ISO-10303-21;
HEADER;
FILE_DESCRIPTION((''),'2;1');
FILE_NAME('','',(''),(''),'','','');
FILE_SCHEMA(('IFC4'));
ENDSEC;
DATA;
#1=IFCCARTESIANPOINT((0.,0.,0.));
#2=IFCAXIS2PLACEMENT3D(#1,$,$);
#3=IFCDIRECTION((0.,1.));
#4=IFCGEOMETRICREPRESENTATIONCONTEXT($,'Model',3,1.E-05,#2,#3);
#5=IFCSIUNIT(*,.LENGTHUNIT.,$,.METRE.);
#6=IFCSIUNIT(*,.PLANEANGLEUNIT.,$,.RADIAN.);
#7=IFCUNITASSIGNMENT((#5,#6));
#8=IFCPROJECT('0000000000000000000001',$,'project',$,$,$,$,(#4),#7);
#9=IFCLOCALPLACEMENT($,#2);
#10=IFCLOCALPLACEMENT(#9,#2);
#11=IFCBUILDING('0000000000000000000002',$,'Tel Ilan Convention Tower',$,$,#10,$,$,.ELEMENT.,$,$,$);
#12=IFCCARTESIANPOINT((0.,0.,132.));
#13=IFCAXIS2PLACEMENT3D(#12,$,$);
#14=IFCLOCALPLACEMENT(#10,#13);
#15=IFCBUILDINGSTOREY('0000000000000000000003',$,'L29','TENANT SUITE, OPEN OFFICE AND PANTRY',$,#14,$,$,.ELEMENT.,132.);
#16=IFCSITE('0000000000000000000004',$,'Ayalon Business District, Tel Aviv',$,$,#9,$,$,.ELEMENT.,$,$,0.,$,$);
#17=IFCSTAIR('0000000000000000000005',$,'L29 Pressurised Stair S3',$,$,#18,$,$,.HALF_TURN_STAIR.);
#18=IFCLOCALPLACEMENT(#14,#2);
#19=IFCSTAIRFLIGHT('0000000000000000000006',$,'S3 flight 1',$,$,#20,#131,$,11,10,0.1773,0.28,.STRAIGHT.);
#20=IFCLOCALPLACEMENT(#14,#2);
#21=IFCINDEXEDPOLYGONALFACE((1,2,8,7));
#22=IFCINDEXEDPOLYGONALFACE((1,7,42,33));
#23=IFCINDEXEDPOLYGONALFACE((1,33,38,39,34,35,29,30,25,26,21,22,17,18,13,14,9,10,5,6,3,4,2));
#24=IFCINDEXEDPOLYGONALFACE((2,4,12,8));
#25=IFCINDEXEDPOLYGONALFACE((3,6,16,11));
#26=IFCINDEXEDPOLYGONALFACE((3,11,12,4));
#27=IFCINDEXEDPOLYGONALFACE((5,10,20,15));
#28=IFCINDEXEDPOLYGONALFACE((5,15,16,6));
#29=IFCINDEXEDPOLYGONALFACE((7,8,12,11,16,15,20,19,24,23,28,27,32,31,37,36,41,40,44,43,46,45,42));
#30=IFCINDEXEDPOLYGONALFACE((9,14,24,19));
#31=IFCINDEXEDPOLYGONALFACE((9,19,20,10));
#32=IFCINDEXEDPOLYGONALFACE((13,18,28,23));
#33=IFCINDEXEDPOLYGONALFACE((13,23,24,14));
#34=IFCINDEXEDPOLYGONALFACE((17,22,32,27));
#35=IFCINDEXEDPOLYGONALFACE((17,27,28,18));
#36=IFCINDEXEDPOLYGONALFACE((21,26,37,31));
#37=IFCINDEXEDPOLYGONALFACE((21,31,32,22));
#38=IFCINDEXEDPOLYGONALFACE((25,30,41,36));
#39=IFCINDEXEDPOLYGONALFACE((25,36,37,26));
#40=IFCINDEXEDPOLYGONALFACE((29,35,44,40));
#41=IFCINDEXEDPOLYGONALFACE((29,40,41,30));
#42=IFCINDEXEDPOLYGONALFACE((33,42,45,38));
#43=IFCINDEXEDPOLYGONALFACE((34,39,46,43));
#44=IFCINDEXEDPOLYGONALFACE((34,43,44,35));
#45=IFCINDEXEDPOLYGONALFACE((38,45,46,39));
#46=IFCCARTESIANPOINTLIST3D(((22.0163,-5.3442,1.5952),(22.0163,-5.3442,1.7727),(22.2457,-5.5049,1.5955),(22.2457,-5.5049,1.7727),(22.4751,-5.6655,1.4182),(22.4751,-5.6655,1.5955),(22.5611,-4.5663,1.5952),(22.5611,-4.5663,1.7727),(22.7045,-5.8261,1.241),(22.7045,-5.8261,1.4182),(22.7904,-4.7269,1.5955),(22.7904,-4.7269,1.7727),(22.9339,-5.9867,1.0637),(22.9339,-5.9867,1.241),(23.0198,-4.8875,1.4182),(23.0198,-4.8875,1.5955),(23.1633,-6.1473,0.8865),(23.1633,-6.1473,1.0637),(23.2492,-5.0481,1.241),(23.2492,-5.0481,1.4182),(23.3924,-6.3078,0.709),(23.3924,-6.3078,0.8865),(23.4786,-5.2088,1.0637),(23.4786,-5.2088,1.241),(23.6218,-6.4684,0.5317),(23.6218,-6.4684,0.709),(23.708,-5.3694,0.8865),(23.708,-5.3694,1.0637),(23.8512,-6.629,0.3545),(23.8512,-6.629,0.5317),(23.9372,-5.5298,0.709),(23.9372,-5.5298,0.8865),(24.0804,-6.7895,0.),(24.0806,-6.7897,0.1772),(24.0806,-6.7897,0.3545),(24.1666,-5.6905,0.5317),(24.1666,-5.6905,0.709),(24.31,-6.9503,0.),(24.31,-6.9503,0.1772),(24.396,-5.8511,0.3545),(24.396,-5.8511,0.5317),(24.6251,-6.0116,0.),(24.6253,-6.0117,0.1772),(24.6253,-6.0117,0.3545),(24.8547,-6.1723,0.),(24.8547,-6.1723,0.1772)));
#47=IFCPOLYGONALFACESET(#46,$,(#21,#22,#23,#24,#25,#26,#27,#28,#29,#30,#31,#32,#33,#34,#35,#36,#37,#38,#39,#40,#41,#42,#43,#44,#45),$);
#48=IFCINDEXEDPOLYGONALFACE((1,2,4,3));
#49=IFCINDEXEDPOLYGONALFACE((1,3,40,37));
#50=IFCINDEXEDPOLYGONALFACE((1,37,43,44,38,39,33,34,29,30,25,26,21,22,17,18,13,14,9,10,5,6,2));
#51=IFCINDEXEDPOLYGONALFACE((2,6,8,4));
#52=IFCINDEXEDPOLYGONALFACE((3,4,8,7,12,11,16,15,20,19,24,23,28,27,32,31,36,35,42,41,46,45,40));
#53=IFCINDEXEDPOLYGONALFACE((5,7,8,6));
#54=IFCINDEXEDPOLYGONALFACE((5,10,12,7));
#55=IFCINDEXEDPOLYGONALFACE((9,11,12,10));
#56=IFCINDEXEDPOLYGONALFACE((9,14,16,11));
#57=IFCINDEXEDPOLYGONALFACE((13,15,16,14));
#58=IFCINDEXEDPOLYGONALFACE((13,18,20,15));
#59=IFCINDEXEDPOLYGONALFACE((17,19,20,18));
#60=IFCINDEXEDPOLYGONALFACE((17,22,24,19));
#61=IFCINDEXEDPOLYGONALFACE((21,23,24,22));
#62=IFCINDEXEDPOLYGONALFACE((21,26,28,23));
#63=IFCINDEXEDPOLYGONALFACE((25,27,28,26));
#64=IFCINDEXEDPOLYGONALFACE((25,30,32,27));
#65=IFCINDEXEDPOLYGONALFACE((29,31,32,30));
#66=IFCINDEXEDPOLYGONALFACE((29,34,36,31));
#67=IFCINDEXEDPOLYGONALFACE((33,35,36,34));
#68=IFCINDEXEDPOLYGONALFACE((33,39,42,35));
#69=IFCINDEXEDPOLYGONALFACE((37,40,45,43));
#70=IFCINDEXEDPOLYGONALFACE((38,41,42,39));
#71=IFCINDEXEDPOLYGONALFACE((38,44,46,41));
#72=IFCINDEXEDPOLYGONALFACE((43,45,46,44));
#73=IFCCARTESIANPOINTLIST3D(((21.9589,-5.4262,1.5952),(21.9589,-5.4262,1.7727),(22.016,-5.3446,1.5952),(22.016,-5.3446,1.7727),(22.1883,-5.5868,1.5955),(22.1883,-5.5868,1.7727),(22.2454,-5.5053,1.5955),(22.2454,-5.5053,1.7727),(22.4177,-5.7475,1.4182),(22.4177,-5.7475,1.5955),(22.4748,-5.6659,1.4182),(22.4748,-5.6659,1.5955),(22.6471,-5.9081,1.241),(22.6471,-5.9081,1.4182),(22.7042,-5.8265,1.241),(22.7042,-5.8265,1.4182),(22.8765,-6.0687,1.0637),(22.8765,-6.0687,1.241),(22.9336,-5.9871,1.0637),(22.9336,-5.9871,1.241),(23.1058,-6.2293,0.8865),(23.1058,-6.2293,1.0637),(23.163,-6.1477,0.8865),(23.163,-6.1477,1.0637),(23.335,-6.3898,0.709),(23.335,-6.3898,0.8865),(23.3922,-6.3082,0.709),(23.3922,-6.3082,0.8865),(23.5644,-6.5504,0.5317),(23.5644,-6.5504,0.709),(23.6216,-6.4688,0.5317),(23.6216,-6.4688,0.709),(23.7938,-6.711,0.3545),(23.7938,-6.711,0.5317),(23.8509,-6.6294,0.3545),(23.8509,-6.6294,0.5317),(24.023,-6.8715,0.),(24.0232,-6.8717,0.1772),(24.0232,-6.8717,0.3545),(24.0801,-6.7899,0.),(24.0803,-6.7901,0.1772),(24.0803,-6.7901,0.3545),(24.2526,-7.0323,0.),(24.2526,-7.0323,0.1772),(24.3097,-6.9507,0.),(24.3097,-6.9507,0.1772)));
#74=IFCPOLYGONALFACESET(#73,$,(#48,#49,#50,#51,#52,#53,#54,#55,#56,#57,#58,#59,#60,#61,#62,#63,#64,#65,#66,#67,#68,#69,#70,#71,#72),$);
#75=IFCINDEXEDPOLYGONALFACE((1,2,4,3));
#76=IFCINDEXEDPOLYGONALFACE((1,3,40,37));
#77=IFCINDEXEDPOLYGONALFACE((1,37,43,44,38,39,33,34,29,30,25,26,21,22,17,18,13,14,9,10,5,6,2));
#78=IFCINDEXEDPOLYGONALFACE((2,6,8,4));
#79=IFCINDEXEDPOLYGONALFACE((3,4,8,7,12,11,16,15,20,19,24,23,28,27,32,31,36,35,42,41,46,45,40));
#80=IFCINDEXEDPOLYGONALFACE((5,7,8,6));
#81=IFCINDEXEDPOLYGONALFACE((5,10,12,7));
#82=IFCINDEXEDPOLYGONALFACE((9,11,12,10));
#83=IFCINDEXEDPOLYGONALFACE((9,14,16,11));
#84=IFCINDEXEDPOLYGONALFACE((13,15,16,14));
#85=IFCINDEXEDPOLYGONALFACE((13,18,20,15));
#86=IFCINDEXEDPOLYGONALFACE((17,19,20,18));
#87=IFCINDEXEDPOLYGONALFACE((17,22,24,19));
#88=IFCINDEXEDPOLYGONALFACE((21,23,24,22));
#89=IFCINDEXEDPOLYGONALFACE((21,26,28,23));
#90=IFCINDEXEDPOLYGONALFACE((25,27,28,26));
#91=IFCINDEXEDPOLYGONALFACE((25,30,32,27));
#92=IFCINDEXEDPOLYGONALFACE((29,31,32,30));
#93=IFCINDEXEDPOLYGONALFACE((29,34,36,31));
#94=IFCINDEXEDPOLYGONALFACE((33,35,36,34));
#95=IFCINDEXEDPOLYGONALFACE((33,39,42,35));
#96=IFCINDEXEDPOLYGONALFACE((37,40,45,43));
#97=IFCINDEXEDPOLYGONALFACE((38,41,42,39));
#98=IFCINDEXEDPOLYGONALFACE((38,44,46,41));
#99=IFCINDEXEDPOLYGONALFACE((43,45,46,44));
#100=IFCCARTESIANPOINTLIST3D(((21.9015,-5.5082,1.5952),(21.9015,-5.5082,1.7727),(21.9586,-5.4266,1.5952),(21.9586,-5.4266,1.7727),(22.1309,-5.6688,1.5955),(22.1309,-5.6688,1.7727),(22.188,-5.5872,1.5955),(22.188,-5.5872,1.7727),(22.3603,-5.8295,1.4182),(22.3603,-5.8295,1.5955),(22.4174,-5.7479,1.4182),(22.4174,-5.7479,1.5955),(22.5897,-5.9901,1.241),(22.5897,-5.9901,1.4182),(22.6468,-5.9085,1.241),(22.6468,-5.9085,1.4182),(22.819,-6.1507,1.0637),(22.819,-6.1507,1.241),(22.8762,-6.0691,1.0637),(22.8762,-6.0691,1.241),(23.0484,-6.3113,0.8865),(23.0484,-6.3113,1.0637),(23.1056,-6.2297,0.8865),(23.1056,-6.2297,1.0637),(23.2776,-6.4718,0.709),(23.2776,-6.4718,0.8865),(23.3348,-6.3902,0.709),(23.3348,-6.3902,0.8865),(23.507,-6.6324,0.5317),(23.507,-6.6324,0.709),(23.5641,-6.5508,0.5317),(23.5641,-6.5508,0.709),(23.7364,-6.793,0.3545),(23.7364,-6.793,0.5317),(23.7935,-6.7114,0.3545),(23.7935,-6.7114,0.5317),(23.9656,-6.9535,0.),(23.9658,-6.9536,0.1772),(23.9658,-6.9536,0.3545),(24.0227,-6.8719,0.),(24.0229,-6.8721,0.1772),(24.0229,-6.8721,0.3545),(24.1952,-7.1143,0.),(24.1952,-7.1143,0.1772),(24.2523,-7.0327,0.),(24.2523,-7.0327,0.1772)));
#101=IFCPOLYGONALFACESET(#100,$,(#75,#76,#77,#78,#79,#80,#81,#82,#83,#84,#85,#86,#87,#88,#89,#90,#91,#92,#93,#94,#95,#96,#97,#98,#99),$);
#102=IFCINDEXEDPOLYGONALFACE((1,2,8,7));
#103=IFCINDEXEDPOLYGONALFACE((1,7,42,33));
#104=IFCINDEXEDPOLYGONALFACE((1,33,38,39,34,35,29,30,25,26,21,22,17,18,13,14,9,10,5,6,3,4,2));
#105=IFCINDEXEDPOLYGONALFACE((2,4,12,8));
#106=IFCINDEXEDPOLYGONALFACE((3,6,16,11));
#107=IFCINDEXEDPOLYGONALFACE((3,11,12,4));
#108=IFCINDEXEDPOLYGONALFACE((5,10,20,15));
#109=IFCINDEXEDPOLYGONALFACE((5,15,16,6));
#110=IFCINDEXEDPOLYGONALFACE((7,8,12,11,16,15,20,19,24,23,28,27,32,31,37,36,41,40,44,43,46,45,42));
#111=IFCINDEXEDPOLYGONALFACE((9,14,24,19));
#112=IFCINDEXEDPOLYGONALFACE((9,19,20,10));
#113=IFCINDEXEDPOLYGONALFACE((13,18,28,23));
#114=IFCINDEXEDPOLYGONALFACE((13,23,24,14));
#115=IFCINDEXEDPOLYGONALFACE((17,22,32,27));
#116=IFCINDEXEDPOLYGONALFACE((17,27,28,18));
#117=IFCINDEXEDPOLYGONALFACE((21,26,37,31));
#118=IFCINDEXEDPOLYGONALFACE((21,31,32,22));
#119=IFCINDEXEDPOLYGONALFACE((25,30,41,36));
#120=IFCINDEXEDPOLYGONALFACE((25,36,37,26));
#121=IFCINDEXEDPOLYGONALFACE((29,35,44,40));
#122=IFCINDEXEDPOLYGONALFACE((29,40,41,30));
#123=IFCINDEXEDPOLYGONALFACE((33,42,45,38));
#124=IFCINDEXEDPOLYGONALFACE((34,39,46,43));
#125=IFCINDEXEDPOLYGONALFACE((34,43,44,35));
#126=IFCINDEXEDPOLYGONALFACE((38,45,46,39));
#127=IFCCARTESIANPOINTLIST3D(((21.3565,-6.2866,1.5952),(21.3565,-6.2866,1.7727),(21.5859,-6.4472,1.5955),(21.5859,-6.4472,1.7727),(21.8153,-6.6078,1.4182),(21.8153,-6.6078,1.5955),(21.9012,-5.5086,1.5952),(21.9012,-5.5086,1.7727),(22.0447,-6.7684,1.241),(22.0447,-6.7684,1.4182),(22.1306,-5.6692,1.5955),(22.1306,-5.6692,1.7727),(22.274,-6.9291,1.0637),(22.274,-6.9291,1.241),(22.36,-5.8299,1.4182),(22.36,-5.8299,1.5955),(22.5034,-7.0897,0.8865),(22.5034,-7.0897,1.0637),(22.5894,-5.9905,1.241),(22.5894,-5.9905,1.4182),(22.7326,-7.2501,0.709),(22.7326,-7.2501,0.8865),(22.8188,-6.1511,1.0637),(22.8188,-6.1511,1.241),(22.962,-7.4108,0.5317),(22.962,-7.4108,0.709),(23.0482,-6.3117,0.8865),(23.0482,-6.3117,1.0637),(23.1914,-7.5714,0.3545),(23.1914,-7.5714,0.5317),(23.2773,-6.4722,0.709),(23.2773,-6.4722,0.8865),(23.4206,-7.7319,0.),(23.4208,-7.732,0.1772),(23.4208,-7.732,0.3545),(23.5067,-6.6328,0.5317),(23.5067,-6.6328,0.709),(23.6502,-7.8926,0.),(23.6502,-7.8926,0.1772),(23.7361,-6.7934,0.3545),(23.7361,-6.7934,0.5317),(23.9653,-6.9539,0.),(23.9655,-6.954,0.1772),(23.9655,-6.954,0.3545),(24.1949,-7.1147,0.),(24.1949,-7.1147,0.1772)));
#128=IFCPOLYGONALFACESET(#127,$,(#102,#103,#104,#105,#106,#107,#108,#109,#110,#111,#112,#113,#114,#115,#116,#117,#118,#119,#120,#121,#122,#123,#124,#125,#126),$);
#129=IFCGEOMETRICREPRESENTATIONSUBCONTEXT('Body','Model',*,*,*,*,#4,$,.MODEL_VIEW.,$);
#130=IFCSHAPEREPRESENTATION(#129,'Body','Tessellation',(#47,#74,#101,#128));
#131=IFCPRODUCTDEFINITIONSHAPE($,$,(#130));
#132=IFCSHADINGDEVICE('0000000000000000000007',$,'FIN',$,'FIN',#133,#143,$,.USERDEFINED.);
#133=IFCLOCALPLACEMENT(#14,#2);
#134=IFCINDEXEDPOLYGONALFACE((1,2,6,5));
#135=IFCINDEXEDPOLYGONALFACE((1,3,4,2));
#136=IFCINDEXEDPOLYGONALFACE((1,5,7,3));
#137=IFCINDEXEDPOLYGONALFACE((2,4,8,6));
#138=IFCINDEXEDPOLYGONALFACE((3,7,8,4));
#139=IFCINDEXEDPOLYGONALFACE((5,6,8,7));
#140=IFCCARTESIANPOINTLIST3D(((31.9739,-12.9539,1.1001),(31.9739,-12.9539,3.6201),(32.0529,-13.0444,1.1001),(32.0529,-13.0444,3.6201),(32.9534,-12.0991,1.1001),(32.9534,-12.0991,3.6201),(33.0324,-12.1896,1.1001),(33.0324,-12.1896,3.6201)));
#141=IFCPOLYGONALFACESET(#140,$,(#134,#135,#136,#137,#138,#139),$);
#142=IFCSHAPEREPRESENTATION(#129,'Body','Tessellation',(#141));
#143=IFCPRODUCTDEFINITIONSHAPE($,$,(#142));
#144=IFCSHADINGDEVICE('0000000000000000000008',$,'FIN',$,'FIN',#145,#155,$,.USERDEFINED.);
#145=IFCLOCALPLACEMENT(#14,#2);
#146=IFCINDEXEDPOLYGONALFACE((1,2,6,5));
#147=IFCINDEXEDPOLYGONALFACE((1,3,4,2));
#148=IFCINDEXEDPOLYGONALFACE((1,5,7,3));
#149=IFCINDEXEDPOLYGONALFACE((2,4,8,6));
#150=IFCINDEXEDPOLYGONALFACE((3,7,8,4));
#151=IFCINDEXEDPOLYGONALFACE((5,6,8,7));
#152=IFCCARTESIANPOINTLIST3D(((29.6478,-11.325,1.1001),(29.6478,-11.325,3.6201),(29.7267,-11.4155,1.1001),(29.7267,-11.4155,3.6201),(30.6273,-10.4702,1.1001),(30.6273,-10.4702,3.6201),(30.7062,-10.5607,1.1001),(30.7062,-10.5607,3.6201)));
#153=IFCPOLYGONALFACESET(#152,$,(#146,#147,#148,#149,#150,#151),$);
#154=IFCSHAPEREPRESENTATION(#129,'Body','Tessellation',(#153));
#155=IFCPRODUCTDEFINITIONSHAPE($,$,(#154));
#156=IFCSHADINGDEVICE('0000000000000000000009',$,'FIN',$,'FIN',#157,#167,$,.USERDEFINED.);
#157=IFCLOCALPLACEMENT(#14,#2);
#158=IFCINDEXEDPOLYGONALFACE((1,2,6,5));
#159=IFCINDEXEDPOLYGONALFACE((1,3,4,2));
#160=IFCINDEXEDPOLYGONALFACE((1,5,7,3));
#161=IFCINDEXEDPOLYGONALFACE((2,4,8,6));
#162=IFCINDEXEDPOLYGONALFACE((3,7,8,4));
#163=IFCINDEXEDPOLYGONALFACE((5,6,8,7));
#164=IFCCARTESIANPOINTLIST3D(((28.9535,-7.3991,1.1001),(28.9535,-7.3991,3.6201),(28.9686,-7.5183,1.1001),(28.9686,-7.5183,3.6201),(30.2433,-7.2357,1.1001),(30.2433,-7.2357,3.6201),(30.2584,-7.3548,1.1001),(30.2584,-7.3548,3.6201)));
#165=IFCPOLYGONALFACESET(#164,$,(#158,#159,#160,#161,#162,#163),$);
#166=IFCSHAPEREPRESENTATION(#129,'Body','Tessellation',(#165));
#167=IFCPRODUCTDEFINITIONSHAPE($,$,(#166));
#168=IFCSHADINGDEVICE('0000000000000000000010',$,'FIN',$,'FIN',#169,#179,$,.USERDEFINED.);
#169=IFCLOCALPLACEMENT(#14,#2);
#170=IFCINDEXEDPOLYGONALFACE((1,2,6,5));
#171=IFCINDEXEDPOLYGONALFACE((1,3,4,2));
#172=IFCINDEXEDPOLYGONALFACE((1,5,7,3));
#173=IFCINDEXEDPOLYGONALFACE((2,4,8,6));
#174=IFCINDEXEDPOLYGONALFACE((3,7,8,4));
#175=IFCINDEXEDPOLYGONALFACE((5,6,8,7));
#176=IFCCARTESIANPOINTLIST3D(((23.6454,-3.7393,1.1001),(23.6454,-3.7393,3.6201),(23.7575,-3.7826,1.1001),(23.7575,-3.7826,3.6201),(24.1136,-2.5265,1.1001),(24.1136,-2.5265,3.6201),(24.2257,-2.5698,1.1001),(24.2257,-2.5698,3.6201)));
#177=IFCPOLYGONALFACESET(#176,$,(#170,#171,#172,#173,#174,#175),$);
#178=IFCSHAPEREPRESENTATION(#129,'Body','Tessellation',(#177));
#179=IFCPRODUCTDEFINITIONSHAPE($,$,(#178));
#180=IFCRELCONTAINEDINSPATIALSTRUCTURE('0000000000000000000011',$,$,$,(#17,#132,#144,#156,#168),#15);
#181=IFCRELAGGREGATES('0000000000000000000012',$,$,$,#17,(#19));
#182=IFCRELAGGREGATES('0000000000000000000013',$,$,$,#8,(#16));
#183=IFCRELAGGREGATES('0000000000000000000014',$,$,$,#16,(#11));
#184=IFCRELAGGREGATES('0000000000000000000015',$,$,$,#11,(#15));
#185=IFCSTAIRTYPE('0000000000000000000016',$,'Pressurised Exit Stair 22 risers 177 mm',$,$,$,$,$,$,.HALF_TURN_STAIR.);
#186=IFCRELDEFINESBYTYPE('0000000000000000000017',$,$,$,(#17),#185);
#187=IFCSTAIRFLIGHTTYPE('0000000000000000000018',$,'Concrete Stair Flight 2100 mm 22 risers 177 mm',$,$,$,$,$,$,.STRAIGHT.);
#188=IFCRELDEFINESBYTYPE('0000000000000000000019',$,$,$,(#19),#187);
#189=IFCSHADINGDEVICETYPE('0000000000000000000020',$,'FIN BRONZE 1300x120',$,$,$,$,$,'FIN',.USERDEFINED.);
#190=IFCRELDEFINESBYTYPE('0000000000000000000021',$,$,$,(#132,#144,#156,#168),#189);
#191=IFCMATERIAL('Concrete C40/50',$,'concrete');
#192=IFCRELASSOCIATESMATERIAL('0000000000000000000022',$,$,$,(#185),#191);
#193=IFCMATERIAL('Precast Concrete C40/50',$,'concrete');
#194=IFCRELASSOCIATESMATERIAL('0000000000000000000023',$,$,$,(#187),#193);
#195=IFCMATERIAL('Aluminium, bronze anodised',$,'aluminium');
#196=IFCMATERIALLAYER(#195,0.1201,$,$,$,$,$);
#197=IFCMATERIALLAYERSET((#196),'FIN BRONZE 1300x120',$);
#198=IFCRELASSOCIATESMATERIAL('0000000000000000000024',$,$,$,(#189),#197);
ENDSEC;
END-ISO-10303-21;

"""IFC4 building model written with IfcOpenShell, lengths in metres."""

from ifc_helpers import new_model, si_unit, direction, frame, origin, origin_2d, place, context, subcontext, project, spatial, polyline, rectangle, outline, extrude, material, layer, layer_set, type_object, element, aggregate, save


model = new_model("IFC4")

# Units and contexts
model_context = context("Model", 3, precision=1e-05, world=origin(), true_north=direction((0.0, 1.0)))
body_context = subcontext(model_context, "Body", "Model", "MODEL_VIEW")
ifc_project = project(units=[si_unit("LENGTHUNIT", "METRE"), si_unit("PLANEANGLEUNIT", "RADIAN")], contexts=[model_context])

# Site, building, storey
site_placement = place(None, origin())
site = spatial("IfcSite", under=ifc_project, at=site_placement, Name="Ayalon Business District, Tel Aviv", CompositionType="ELEMENT", RefElevation=0.0)
building_placement = place(site_placement, origin())
building = spatial("IfcBuilding", under=site, at=building_placement, Name="Tel Ilan Convention Tower", CompositionType="ELEMENT")
storey_placement = place(building_placement, frame((0.0, 0.0, 132.0)))
storey = spatial("IfcBuildingStorey", under=building, at=storey_placement, Name="L29", Description="TENANT SUITE, OPEN OFFICE AND PANTRY", CompositionType="ELEMENT", Elevation=132.0)

# Stair, stair flight
ifc_material_1 = material(Name="Concrete C40/50", Category="concrete")
stair_type = type_object("IfcStairType", Name="Pressurised Exit Stair 22 risers 177 mm", PredefinedType="HALF_TURN_STAIR", material=ifc_material_1)
stair_placement = place(storey_placement, origin())
stair = element("IfcStair", 1, at=stair_placement, inside=storey, type_object=stair_type, Name="L29 Pressurised Stair S3", PredefinedType="HALF_TURN_STAIR")
ifc_material_2 = material(Name="Precast Concrete C40/50", Category="concrete")
stair_flight_type = type_object("IfcStairFlightType", Name="Concrete Stair Flight 2100 mm 22 risers 177 mm", PredefinedType="STRAIGHT", material=ifc_material_2)
stair_flight_placement = place(storey_placement, frame((24.2524, -7.0325, 0.0), z_axis=(0.0, 0.0, 1.0), x_axis=(-0.819152, 0.573576, 0.0)))
stair_flight = element("IfcStairFlight", 2, at=stair_flight_placement, type_object=stair_flight_type, Name="S3 flight 1", NumberOfRisers=11, NumberOfTreads=10, PredefinedType="STRAIGHT", RiserHeight=0.1773, TreadLength=0.28, context=body_context, shape_type="SweptSolid", body=[
    extrude(outline(polyline([(0.0, 0.0), (0.0, 0.1772), (0.28, 0.1772), (0.28, 0.3545), (0.5601, 0.3545), (0.5601, 0.5317), (0.8401, 0.5317), (0.8401, 0.709), (1.1201, 0.709), (1.1201, 0.8865), (1.3999, 0.8865), (1.3999, 1.0637), (1.6799, 1.0637), (1.6799, 1.241), (1.96, 1.241), (1.96, 1.4182), (2.24, 1.4182), (2.24, 1.5955), (2.52, 1.5955), (2.52, 1.7727), (2.8, 1.7727), (2.8, 1.95), (2.8, 1.5952), (0.2803, 0.0), (0.0, 0.0)])), frame((0.0, -0.1003, 0.0), z_axis=(0.0, -1.0, 0.0), x_axis=(1.0, 0.0, 0.0)), (0.0, 0.0, 1.0), 0.9497),
    extrude(outline(polyline([(0.0, 0.0), (0.0, 0.1772), (0.28, 0.1772), (0.28, 0.3545), (0.5601, 0.3545), (0.5601, 0.5317), (0.8401, 0.5317), (0.8401, 0.709), (1.1201, 0.709), (1.1201, 0.8865), (1.3999, 0.8865), (1.3999, 1.0637), (1.6799, 1.0637), (1.6799, 1.241), (1.96, 1.241), (1.96, 1.4182), (2.24, 1.4182), (2.24, 1.5955), (2.52, 1.5955), (2.52, 1.7727), (2.8, 1.7727), (2.8, 1.95), (2.8, 1.5952), (0.2803, 0.0), (0.0, 0.0)])), frame((0.0, -0.0002, 0.0), z_axis=(0.0, -1.0, 0.0), x_axis=(1.0, 0.0, 0.0)), (0.0, 0.0, 1.0), 0.0996),
    extrude(outline(polyline([(0.0, 0.0), (0.0, 0.1772), (0.28, 0.1772), (0.28, 0.3545), (0.5601, 0.3545), (0.5601, 0.5317), (0.8401, 0.5317), (0.8401, 0.709), (1.1201, 0.709), (1.1201, 0.8865), (1.3999, 0.8865), (1.3999, 1.0637), (1.6799, 1.0637), (1.6799, 1.241), (1.96, 1.241), (1.96, 1.4182), (2.24, 1.4182), (2.24, 1.5955), (2.52, 1.5955), (2.52, 1.7727), (2.8, 1.7727), (2.8, 1.95), (2.8, 1.5952), (0.2803, 0.0), (0.0, 0.0)])), frame((0.0, 0.0999, 0.0), z_axis=(0.0, -1.0, 0.0), x_axis=(1.0, 0.0, 0.0)), (0.0, 0.0, 1.0), 0.0996),
    extrude(outline(polyline([(0.0, 0.0), (0.0, 0.1772), (0.28, 0.1772), (0.28, 0.3545), (0.5601, 0.3545), (0.5601, 0.5317), (0.8401, 0.5317), (0.8401, 0.709), (1.1201, 0.709), (1.1201, 0.8865), (1.3999, 0.8865), (1.3999, 1.0637), (1.6799, 1.0637), (1.6799, 1.241), (1.96, 1.241), (1.96, 1.4182), (2.24, 1.4182), (2.24, 1.5955), (2.52, 1.5955), (2.52, 1.7727), (2.8, 1.7727), (2.8, 1.95), (2.8, 1.5952), (0.2803, 0.0), (0.0, 0.0)])), frame((0.0, 1.05, 0.0), z_axis=(0.0, -1.0, 0.0), x_axis=(1.0, 0.0, 0.0)), (0.0, 0.0, 1.0), 0.9497),
])
aggregate(stair, [stair_flight])

# Shading devices
ifc_material_3 = material(Name="Aluminium, bronze anodised", Category="aluminium")
ifc_layer_1 = layer(ifc_material_3, 0.1201)
ifc_layer_set_1 = layer_set([ifc_layer_1], Name="FIN BRONZE 1300x120")
shading_device_type = type_object("IfcShadingDeviceType", Name="FIN BRONZE 1300x120", ElementType="FIN", PredefinedType="USERDEFINED", material=ifc_layer_set_1)
for number, where, z_axis, x_axis, name in (
    (3, (32.5032, -12.5718, 1.1001), (0.0, 0.0, 1.0), (0.753436, 0.657521, 0.0), "FIN"),
    (4, (30.177, -10.9429, 1.1001), (0.0, 0.0, 1.0), (0.753436, 0.657521, 0.0), "FIN"),
    (5, (29.606, -7.377, 1.1001), (0.0, 0.0, 1.0), (0.992066, 0.125718, 0.0), "FIN"),
    (6, (23.9355, -3.1545, 1.1001), (0.0, 0.0, 1.0), (0.360178, 0.932884, 0.0), "FIN"),
):
    element("IfcShadingDevice", number, at=place(storey_placement, frame(where, z_axis=z_axis, x_axis=x_axis)), inside=storey, type_object=shading_device_type, Name=name, ObjectType="FIN", PredefinedType="USERDEFINED", context=body_context, shape_type="SweptSolid", body=[
        extrude(rectangle(XDim=1.3, YDim=0.1201, at=origin_2d()), origin(), (0.0, 0.0, 1.0), 2.52),
    ])

save(model, "model.ifc")
